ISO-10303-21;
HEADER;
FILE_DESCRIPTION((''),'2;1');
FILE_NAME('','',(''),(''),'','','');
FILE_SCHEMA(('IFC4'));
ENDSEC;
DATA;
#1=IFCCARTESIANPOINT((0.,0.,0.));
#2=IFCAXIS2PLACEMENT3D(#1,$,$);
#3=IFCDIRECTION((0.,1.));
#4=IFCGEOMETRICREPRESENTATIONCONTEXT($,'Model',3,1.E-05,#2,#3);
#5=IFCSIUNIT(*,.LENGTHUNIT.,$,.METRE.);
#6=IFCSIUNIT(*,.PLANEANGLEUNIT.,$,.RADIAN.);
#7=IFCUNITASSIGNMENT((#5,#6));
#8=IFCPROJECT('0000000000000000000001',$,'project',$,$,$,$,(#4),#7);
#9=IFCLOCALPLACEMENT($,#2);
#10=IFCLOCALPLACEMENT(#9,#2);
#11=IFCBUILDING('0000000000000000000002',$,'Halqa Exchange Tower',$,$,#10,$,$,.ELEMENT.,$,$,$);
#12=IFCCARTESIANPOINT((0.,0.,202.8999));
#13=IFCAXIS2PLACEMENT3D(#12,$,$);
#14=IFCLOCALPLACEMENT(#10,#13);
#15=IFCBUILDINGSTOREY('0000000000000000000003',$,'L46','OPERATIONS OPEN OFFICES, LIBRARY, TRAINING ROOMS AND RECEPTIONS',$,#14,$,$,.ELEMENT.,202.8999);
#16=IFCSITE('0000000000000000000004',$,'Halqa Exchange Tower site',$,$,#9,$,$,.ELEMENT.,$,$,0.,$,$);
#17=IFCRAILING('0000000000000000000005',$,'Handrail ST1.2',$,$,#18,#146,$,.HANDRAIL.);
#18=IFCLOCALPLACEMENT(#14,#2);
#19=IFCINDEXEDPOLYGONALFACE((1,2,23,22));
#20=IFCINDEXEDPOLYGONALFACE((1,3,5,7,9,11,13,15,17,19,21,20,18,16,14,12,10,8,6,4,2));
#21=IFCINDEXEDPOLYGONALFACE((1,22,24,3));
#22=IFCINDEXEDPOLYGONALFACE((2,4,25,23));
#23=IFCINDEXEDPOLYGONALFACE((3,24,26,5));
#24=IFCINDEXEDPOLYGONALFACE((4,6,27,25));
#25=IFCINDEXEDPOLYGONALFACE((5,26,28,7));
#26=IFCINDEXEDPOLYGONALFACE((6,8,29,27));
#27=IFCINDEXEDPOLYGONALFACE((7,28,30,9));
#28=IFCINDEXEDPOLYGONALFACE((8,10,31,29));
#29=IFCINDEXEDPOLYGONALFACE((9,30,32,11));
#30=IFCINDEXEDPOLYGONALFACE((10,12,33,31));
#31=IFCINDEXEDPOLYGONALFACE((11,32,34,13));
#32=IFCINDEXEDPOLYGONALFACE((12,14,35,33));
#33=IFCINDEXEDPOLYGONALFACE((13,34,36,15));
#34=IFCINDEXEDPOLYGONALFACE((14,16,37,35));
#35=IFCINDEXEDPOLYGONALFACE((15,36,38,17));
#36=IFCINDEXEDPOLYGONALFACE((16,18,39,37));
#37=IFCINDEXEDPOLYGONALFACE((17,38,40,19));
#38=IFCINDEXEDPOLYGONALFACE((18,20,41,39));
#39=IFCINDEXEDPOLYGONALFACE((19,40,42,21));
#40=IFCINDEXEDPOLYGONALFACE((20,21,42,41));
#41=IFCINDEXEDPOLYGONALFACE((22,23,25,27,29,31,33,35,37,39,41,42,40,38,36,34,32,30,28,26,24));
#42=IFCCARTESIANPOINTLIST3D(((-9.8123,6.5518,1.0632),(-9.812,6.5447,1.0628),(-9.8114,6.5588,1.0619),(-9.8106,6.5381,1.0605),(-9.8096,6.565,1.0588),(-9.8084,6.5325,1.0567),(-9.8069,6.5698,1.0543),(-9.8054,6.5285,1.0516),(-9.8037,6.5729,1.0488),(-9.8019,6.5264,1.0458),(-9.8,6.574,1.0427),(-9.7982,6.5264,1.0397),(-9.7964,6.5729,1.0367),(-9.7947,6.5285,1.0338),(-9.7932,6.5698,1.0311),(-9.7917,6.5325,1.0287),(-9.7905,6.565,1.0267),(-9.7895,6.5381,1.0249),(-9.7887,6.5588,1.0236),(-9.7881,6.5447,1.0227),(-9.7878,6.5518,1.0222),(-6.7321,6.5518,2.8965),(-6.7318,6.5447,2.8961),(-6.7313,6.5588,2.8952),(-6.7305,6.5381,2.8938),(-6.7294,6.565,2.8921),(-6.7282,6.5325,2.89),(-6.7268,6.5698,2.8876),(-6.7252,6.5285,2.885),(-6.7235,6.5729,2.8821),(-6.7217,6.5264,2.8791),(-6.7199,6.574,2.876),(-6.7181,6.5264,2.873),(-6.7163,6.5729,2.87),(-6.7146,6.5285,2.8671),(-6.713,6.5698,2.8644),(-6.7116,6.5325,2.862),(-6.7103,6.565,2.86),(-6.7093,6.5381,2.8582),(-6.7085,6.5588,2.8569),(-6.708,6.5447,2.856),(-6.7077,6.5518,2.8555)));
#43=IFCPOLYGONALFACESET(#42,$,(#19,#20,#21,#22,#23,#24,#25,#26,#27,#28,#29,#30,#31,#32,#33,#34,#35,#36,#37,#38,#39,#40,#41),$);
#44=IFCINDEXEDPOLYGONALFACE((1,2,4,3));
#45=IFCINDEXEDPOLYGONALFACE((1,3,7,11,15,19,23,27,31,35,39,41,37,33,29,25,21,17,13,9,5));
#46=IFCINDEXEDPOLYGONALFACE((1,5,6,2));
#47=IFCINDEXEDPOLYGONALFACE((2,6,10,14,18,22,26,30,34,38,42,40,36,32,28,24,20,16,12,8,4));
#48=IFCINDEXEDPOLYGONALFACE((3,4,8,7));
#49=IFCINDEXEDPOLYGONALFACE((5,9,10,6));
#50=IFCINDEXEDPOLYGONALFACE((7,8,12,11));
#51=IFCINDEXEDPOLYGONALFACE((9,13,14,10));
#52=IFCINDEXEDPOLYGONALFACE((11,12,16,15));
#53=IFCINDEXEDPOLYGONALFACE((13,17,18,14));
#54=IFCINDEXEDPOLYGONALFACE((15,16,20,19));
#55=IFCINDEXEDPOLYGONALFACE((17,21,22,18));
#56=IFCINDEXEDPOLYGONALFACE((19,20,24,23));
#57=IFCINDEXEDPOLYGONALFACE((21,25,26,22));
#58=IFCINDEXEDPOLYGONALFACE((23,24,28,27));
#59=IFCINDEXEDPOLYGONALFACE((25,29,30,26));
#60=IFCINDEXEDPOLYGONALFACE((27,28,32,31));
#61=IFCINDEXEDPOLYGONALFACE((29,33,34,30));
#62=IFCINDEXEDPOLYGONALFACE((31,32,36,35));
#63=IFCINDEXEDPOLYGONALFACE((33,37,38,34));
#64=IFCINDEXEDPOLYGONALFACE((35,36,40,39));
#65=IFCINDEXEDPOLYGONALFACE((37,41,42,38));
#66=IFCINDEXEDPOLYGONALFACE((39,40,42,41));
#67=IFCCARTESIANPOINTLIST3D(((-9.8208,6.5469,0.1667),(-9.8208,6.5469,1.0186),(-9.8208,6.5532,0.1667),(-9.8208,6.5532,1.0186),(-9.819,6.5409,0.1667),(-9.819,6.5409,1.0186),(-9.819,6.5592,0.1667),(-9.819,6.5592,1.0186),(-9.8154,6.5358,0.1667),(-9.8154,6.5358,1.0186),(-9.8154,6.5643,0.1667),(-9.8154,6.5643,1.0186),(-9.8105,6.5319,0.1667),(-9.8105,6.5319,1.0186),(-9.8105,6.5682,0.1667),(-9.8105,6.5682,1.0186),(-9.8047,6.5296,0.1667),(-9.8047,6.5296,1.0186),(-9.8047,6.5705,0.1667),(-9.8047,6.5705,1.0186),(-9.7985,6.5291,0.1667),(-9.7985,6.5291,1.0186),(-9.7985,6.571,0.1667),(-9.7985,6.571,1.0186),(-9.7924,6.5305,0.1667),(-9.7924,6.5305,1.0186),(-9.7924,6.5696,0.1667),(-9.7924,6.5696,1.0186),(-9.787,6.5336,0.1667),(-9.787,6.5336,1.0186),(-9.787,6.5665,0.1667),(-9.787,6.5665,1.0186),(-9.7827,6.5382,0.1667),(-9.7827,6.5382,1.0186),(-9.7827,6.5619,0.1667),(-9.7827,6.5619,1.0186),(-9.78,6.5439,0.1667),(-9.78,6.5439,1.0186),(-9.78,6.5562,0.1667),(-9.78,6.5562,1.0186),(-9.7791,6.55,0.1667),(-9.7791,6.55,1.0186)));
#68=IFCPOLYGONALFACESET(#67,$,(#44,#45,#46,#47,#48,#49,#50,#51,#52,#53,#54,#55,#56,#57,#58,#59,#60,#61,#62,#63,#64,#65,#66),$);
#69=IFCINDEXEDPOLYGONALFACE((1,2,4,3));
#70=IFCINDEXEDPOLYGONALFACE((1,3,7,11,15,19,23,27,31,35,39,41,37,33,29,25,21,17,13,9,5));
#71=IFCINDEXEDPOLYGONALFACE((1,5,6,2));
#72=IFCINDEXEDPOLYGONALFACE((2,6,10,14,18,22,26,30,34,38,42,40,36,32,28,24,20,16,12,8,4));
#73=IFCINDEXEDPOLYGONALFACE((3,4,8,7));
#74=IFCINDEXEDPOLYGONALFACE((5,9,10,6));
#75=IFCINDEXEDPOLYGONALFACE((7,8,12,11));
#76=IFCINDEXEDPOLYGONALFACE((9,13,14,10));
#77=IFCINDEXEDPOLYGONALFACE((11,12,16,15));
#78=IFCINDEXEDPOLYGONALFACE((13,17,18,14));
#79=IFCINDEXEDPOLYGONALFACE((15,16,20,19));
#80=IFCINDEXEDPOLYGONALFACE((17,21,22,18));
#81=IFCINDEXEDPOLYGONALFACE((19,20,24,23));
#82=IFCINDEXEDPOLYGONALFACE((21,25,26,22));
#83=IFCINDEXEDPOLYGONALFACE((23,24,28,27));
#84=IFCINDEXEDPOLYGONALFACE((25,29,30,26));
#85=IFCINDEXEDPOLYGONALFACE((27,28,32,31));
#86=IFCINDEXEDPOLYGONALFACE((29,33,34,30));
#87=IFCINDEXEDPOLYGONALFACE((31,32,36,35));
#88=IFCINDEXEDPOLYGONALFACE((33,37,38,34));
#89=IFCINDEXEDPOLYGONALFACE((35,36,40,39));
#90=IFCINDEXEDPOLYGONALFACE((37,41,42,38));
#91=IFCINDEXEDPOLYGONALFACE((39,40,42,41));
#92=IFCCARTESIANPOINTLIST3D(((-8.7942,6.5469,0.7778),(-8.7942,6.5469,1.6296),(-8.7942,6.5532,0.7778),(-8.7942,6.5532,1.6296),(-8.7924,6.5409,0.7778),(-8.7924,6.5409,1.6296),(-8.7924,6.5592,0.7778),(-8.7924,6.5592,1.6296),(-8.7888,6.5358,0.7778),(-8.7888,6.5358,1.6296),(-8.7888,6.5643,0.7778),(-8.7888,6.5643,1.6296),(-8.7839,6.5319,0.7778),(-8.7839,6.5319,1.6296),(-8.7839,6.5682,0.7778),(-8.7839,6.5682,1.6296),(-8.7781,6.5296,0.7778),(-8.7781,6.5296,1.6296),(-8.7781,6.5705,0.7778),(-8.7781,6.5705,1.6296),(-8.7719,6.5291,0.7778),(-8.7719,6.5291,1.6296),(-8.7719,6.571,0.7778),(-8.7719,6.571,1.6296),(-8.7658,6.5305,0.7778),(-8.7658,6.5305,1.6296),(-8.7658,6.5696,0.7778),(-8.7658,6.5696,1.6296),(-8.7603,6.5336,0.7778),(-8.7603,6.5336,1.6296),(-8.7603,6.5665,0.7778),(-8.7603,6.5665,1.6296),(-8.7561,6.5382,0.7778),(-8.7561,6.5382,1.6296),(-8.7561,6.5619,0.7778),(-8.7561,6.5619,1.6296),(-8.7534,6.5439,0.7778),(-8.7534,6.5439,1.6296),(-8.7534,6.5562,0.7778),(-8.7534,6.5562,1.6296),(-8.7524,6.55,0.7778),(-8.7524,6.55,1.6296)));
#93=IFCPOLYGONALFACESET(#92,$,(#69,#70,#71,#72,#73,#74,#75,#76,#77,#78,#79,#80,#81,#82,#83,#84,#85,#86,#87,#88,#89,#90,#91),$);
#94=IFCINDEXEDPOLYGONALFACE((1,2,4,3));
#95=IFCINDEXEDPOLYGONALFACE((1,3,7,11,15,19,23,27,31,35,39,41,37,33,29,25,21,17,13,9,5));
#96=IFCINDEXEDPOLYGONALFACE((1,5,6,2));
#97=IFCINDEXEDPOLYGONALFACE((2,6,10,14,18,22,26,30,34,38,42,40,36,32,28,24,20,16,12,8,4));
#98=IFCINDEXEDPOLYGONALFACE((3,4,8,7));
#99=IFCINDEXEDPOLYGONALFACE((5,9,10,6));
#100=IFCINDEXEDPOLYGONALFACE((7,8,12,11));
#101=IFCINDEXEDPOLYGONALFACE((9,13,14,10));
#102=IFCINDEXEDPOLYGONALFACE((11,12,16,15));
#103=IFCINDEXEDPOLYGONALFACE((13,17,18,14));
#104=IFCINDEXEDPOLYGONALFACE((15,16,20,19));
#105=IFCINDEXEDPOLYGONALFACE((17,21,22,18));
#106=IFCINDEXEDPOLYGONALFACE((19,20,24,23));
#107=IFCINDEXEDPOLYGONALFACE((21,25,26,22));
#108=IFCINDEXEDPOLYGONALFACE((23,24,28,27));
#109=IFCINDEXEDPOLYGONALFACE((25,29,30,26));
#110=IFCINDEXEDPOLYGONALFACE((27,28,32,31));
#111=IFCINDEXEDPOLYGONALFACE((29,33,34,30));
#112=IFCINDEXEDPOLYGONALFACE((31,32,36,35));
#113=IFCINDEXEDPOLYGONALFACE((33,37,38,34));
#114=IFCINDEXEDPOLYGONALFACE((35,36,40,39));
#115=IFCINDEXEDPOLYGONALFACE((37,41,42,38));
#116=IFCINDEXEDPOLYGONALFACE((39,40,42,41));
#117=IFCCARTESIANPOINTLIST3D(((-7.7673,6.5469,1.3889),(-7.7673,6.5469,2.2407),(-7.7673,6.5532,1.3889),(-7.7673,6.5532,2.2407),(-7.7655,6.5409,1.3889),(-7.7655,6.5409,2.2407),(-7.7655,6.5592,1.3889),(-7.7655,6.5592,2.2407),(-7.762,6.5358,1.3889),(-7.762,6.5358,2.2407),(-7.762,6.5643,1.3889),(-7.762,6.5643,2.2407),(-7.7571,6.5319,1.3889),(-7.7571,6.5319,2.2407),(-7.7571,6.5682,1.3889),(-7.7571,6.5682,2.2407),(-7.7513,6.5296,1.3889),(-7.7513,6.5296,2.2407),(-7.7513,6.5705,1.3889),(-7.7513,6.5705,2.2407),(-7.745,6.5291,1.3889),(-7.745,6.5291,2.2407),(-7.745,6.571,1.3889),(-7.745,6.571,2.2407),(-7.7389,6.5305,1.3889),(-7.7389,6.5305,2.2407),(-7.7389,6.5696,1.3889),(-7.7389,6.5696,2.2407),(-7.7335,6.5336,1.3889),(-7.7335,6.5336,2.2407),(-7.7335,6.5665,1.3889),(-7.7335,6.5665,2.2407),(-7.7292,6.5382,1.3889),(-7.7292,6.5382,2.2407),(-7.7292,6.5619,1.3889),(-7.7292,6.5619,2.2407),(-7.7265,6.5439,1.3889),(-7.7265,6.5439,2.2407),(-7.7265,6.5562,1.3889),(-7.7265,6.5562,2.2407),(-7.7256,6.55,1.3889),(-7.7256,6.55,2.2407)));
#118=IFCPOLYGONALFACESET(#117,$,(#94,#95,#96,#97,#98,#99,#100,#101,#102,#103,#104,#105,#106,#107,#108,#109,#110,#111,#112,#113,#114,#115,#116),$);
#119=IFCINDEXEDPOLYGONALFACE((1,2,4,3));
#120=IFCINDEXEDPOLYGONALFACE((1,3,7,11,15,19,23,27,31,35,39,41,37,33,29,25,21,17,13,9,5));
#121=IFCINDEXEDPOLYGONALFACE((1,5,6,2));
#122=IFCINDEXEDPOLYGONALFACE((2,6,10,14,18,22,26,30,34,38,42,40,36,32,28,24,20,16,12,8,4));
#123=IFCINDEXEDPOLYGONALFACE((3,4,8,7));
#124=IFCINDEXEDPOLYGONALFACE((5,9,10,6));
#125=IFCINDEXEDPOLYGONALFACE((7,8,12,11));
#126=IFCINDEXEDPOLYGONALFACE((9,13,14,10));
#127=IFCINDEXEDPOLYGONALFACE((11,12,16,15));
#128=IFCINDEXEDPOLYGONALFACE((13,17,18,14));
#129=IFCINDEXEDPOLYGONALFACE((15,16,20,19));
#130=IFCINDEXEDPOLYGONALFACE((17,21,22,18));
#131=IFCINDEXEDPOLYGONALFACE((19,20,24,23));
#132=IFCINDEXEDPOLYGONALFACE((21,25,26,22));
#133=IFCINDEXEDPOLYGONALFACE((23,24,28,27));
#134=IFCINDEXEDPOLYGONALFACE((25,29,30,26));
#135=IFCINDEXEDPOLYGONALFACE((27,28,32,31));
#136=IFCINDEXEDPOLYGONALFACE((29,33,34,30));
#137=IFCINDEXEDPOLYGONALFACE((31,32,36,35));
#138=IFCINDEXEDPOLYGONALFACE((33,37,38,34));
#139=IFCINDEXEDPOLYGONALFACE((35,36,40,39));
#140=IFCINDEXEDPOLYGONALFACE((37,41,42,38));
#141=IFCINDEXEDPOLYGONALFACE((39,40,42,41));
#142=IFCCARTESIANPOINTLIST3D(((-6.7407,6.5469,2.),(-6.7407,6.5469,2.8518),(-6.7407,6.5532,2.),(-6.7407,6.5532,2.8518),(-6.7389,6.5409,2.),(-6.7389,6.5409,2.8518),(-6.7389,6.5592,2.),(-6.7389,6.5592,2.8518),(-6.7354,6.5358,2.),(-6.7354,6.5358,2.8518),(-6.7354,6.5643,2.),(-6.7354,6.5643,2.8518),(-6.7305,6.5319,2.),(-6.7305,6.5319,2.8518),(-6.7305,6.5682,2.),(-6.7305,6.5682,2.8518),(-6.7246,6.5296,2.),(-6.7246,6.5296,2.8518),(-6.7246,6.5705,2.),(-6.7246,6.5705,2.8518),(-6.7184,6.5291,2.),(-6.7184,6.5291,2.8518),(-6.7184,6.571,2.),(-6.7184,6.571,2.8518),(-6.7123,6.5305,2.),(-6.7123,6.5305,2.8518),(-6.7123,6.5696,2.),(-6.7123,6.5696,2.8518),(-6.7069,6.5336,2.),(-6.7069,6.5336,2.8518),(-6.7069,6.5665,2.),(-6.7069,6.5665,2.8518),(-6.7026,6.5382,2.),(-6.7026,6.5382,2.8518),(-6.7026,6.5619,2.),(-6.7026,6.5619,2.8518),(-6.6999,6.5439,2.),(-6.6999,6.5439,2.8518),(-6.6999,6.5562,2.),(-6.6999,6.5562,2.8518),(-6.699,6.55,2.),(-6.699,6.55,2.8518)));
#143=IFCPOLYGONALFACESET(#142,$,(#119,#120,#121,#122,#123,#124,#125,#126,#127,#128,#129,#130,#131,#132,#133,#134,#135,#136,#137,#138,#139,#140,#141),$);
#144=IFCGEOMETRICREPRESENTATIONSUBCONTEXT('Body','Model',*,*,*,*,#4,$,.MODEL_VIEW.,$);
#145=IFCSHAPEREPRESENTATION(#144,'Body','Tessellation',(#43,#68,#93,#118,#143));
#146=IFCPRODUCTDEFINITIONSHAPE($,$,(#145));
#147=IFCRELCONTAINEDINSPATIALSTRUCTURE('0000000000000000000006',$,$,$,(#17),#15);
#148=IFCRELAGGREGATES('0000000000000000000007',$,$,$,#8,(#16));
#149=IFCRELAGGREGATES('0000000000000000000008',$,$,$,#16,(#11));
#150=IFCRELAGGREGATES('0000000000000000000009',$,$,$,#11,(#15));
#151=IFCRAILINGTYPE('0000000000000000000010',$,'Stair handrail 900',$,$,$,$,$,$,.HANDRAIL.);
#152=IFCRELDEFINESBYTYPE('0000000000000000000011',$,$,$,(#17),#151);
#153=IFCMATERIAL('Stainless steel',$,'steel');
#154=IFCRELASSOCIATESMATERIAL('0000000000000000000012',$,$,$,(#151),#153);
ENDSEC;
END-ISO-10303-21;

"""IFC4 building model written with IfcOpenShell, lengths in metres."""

from ifc_helpers import new_model, si_unit, direction, frame, origin, origin_2d, place, context, subcontext, project, spatial, circle, extrude, material, type_object, element, save


model = new_model("IFC4")

# Units and contexts
model_context = context("Model", 3, precision=1e-05, world=origin(), true_north=direction((0.0, 1.0)))
body_context = subcontext(model_context, "Body", "Model", "MODEL_VIEW")
ifc_project = project(units=[si_unit("LENGTHUNIT", "METRE"), si_unit("PLANEANGLEUNIT", "RADIAN")], contexts=[model_context])

# Site, building, storey
site_placement = place(None, origin())
site = spatial("IfcSite", under=ifc_project, at=site_placement, Name="Halqa Exchange Tower site", CompositionType="ELEMENT", RefElevation=0.0)
building_placement = place(site_placement, origin())
building = spatial("IfcBuilding", under=site, at=building_placement, Name="Halqa Exchange Tower", CompositionType="ELEMENT")
storey_placement = place(building_placement, frame((0.0, 0.0, 202.8999)))
storey = spatial("IfcBuildingStorey", under=building, at=storey_placement, Name="L46", Description="OPERATIONS OPEN OFFICES, LIBRARY, TRAINING ROOMS AND RECEPTIONS", CompositionType="ELEMENT", Elevation=202.8999)

# Shared definitions
ifc_material_1 = material(Name="Stainless steel", Category="steel")

# Railing
railing_type_1 = type_object("IfcRailingType", Name="Stair handrail 900", PredefinedType="HANDRAIL", material=ifc_material_1)
railing_1_placement = place(storey_placement, frame((-9.8, 6.55, 0.1667)))
element("IfcRailing", 1, at=railing_1_placement, inside=storey, type_object=railing_type_1, Name="Handrail ST1.2", PredefinedType="HANDRAIL", context=body_context, shape_type="SweptSolid", body=[
    extrude(circle(Radius=0.0239, at=origin_2d()), frame((0.0, 0.0, 0.876), z_axis=(0.859309, 0.0, 0.511458), x_axis=(0.0, 1.0, 0.0)), (0.0, 0.0, 1.0), 3.5845),
    extrude(circle(Radius=0.021, at=origin_2d()), origin(), (0.0, 0.0, 1.0), 0.8518),
    extrude(circle(Radius=0.021, at=origin_2d()), frame((1.0266, 0.0, 0.6111)), (0.0, 0.0, 1.0), 0.8518),
    extrude(circle(Radius=0.021, at=origin_2d()), frame((2.0535, 0.0, 1.2222)), (0.0, 0.0, 1.0), 0.8518),
    extrude(circle(Radius=0.021, at=origin_2d()), frame((3.0801, 0.0, 1.8333)), (0.0, 0.0, 1.0), 0.8518),
])

save(model, "model.ifc")
